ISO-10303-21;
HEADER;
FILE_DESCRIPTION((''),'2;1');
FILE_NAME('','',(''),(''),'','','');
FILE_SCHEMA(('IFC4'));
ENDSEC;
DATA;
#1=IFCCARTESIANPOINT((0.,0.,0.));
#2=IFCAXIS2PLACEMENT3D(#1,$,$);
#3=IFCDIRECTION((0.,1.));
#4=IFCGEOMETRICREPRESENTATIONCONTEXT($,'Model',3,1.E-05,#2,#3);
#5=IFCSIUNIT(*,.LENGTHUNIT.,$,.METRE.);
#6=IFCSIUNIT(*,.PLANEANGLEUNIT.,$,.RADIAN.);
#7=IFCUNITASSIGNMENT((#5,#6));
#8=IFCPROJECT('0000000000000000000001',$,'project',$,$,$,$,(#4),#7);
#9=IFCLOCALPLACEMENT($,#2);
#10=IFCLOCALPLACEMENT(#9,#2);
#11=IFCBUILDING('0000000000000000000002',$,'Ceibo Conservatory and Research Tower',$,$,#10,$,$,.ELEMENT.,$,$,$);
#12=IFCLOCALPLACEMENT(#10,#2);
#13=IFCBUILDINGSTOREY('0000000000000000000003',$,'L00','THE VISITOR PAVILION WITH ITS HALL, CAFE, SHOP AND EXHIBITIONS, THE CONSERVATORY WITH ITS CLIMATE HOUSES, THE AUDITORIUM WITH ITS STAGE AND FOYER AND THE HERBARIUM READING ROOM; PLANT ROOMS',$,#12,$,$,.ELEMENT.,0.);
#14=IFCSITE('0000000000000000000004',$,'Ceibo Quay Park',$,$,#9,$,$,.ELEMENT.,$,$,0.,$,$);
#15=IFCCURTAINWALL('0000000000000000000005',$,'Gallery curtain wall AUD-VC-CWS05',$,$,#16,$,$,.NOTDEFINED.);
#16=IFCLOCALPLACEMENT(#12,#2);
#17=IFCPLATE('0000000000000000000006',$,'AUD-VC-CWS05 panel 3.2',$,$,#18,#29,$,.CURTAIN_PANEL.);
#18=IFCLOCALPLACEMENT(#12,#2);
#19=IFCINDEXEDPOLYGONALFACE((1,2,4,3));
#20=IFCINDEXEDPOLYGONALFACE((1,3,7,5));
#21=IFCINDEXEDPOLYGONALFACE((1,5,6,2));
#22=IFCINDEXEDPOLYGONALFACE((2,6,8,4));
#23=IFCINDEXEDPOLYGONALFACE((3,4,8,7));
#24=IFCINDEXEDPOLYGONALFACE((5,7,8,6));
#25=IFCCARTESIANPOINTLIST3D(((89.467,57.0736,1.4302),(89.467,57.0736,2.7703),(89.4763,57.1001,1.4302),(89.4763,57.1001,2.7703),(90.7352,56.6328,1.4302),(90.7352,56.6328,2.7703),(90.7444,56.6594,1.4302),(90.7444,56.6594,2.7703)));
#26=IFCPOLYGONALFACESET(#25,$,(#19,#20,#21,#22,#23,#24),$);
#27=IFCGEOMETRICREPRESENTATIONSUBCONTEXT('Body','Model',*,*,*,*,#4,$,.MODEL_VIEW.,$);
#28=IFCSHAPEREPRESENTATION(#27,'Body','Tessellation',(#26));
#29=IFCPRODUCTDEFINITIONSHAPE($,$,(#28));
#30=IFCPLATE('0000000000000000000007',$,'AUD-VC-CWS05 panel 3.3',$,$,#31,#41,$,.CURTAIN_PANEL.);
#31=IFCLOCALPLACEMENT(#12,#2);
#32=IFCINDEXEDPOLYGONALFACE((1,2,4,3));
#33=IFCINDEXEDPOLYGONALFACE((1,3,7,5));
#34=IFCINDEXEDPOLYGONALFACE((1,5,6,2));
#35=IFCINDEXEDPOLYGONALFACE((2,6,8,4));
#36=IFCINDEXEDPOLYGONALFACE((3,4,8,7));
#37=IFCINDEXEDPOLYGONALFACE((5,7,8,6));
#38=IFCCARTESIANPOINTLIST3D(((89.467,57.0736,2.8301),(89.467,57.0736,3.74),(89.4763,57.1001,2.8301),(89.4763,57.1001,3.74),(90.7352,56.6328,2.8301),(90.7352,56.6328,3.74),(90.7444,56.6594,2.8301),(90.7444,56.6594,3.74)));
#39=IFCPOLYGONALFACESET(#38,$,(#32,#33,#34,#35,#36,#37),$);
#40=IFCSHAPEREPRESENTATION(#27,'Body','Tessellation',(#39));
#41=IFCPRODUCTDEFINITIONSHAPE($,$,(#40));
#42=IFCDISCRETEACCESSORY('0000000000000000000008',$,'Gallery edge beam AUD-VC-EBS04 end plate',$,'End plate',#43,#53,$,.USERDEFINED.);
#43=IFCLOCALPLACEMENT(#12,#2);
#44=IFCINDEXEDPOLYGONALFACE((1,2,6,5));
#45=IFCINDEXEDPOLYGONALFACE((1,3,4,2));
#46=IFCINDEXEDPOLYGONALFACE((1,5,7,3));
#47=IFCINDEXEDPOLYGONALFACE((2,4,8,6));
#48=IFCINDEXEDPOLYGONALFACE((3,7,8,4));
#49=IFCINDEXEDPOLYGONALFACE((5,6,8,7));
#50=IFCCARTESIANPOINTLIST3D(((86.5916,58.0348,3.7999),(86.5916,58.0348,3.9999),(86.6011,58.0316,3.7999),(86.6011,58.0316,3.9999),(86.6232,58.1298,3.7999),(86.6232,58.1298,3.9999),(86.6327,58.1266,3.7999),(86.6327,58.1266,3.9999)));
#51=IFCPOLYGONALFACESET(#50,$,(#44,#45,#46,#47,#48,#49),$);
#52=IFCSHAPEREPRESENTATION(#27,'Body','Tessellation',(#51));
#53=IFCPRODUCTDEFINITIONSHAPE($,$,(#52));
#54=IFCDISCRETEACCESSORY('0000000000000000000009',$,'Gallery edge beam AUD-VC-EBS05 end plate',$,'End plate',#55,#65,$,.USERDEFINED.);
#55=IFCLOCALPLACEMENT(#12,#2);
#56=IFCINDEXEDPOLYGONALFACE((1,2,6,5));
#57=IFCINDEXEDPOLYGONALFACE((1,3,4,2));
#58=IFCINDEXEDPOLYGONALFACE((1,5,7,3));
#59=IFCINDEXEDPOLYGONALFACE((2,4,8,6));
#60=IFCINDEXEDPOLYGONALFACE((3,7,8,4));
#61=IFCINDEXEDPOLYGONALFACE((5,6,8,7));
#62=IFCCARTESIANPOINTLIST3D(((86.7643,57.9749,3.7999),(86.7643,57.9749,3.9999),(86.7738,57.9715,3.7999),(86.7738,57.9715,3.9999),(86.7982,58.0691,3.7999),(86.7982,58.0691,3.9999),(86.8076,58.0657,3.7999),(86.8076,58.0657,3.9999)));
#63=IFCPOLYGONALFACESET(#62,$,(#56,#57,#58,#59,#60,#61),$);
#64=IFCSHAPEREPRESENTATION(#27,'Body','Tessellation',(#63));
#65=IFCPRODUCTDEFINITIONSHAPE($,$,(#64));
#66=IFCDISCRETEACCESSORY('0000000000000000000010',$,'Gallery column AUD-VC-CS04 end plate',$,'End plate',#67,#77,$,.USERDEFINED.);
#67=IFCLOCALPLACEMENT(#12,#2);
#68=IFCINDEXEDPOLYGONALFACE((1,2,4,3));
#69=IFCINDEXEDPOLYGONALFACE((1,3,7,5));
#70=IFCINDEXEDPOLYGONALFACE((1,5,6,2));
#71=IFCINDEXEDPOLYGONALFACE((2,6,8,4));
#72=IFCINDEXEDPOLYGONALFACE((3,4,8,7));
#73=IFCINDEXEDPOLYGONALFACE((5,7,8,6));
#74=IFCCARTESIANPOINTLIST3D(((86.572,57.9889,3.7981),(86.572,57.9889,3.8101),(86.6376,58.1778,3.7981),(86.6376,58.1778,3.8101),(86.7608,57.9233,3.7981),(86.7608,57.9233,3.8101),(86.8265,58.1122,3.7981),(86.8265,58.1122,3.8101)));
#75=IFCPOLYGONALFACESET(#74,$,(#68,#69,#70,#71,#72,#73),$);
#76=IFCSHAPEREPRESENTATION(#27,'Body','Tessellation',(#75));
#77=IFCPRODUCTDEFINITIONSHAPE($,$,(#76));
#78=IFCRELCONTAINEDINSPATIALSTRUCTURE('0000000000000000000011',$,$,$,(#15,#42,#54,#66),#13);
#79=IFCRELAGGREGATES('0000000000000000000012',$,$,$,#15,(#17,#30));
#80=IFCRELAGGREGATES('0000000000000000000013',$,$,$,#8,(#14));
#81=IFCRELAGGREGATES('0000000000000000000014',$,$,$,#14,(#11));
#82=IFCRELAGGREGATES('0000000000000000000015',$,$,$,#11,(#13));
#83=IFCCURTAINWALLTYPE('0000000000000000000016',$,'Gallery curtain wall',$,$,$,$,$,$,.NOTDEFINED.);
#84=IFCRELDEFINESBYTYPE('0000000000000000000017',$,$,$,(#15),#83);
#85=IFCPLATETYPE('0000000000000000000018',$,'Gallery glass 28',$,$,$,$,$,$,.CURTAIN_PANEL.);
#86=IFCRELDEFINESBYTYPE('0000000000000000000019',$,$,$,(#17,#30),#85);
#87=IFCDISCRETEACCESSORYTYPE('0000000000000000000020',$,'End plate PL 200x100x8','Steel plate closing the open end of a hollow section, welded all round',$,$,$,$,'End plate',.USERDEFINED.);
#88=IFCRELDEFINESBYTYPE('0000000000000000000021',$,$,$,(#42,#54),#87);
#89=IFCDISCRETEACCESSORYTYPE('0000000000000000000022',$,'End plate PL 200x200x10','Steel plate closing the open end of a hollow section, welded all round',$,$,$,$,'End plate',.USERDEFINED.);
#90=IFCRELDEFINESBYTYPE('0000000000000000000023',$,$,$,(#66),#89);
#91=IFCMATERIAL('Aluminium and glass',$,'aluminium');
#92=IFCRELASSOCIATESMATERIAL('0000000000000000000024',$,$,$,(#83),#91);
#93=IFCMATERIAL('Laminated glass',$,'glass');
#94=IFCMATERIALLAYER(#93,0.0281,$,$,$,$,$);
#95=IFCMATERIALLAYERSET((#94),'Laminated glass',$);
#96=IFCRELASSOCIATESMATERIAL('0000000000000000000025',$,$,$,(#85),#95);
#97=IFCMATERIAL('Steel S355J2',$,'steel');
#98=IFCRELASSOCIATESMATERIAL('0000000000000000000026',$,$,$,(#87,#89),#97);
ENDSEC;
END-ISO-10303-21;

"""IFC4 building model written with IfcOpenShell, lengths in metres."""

from ifc_helpers import new_model, si_unit, direction, frame, origin, origin_2d, place, context, subcontext, project, spatial, rectangle, extrude, material, layer, layer_set, material_profile, profile_set, type_object, element, aggregate, save


model = new_model("IFC4")

# Units and contexts
model_context = context("Model", 3, precision=1e-05, world=origin(), true_north=direction((0.0, 1.0)))
body_context = subcontext(model_context, "Body", "Model", "MODEL_VIEW")
ifc_project = project(units=[si_unit("LENGTHUNIT", "METRE"), si_unit("PLANEANGLEUNIT", "RADIAN")], contexts=[model_context])

# Site, building, storey
site_placement = place(None, origin())
site = spatial("IfcSite", under=ifc_project, at=site_placement, Name="Ceibo Quay Park", CompositionType="ELEMENT", RefElevation=0.0)
building_placement = place(site_placement, origin())
building = spatial("IfcBuilding", under=site, at=building_placement, Name="Ceibo Conservatory and Research Tower", CompositionType="ELEMENT")
storey_placement = place(building_placement, origin())
storey = spatial("IfcBuildingStorey", under=building, at=storey_placement, Name="L00", Description="THE VISITOR PAVILION WITH ITS HALL, CAFE, SHOP AND EXHIBITIONS, THE CONSERVATORY WITH ITS CLIMATE HOUSES, THE AUDITORIUM WITH ITS STAGE AND FOYER AND THE HERBARIUM READING ROOM; PLANT ROOMS", CompositionType="ELEMENT", Elevation=0.0)

# Shared definitions
ifc_material_1 = material(Name="Aluminium and glass", Category="aluminium")
curtain_wall_type = type_object("IfcCurtainWallType", Name="Gallery curtain wall", PredefinedType="NOTDEFINED", material=ifc_material_1)

# Curtain wall
curtain_wall_1_placement = place(storey_placement, origin())
curtain_wall_1 = element("IfcCurtainWall", 1, at=curtain_wall_1_placement, inside=storey, type_object=curtain_wall_type, Name="Gallery curtain wall AUD-VC-CWS05", PredefinedType="NOTDEFINED")

# Plates
ifc_material_2 = material(Name="Laminated glass", Category="glass")
ifc_layer = layer(ifc_material_2, 0.0281)
ifc_layer_set = layer_set([ifc_layer], Name="Laminated glass")
plate_type = type_object("IfcPlateType", Name="Gallery glass 28", PredefinedType="CURTAIN_PANEL", material=ifc_layer_set)
plate_1_placement = place(storey_placement, frame((90.1057, 56.8665, 1.4302), z_axis=(0.0, 0.0, 1.0), x_axis=(0.944579, -0.328284, 0.0)))
plate_1 = element("IfcPlate", 2, at=plate_1_placement, type_object=plate_type, Name="AUD-VC-CWS05 panel 3.2", PredefinedType="CURTAIN_PANEL", context=body_context, shape_type="SweptSolid", body=[
    extrude(rectangle(XDim=1.3425, YDim=0.0281, at=origin_2d()), origin(), (0.0, 0.0, 1.0), 1.3401),
])
plate_2_placement = place(storey_placement, frame((90.1057, 56.8665, 2.8301), z_axis=(0.0, 0.0, 1.0), x_axis=(0.944579, -0.328284, 0.0)))
plate_2 = element("IfcPlate", 3, at=plate_2_placement, type_object=plate_type, Name="AUD-VC-CWS05 panel 3.3", PredefinedType="CURTAIN_PANEL", context=body_context, shape_type="SweptSolid", body=[
    extrude(rectangle(XDim=1.3425, YDim=0.0281, at=origin_2d()), origin(), (0.0, 0.0, 1.0), 0.9099),
])
aggregate(curtain_wall_1, [plate_1, plate_2])

# Discrete accessories
ifc_material_3 = material(Name="Steel S355J2", Category="steel")
ifc_material_profile_1 = material_profile(ifc_material_3, rectangle(XDim=0.1001, YDim=0.2, at=origin_2d()), Name="End plate PL 200x100x8")
ifc_profile_set_1 = profile_set([ifc_material_profile_1], Name="Steel S355J2")
discrete_accessory_type_1 = type_object("IfcDiscreteAccessoryType", Name="End plate PL 200x100x8", Description="Steel plate closing the open end of a hollow section, welded all round", ElementType="End plate", PredefinedType="USERDEFINED", material=ifc_profile_set_1)
for number, where, z_axis, x_axis, name in (
    (4, (86.6074, 58.0823, 3.8999), (0.948683, -0.316228, 0.0), (0.316228, 0.948683, 0.0), "Gallery edge beam AUD-VC-EBS04 end plate"),
    (5, (86.7812, 58.022, 3.8999), (0.941195, -0.337865, 0.0), (0.337865, 0.941195, 0.0), "Gallery edge beam AUD-VC-EBS05 end plate"),
):
    element("IfcDiscreteAccessory", number, at=place(storey_placement, frame(where, z_axis=z_axis, x_axis=x_axis)), inside=storey, type_object=discrete_accessory_type_1, Name=name, ObjectType="End plate", PredefinedType="USERDEFINED", context=body_context, shape_type="SweptSolid", body=[
        extrude(rectangle(XDim=0.1001, YDim=0.2, at=origin_2d()), origin(), (0.0, 0.0, 1.0), 0.01),
    ])
ifc_material_profile_2 = material_profile(ifc_material_3, rectangle(XDim=0.2, YDim=0.2, at=origin_2d()), Name="End plate PL 200x200x10")
ifc_profile_set_2 = profile_set([ifc_material_profile_2], Name="Steel S355J2")
discrete_accessory_type_2 = type_object("IfcDiscreteAccessoryType", Name="End plate PL 200x200x10", Description="Steel plate closing the open end of a hollow section, welded all round", ElementType="End plate", PredefinedType="USERDEFINED", material=ifc_profile_set_2)
discrete_accessory_placement = place(storey_placement, frame((86.6992, 58.0505, 3.7981), z_axis=(0.0, 0.0, 1.0), x_axis=(0.944579, -0.328284, 0.0)))
element("IfcDiscreteAccessory", 6, at=discrete_accessory_placement, inside=storey, type_object=discrete_accessory_type_2, Name="Gallery column AUD-VC-CS04 end plate", ObjectType="End plate", PredefinedType="USERDEFINED", context=body_context, shape_type="SweptSolid", body=[
    extrude(rectangle(XDim=0.2, YDim=0.2, at=origin_2d()), origin(), (0.0, 0.0, 1.0), 0.012),
])

save(model, "model.ifc")
